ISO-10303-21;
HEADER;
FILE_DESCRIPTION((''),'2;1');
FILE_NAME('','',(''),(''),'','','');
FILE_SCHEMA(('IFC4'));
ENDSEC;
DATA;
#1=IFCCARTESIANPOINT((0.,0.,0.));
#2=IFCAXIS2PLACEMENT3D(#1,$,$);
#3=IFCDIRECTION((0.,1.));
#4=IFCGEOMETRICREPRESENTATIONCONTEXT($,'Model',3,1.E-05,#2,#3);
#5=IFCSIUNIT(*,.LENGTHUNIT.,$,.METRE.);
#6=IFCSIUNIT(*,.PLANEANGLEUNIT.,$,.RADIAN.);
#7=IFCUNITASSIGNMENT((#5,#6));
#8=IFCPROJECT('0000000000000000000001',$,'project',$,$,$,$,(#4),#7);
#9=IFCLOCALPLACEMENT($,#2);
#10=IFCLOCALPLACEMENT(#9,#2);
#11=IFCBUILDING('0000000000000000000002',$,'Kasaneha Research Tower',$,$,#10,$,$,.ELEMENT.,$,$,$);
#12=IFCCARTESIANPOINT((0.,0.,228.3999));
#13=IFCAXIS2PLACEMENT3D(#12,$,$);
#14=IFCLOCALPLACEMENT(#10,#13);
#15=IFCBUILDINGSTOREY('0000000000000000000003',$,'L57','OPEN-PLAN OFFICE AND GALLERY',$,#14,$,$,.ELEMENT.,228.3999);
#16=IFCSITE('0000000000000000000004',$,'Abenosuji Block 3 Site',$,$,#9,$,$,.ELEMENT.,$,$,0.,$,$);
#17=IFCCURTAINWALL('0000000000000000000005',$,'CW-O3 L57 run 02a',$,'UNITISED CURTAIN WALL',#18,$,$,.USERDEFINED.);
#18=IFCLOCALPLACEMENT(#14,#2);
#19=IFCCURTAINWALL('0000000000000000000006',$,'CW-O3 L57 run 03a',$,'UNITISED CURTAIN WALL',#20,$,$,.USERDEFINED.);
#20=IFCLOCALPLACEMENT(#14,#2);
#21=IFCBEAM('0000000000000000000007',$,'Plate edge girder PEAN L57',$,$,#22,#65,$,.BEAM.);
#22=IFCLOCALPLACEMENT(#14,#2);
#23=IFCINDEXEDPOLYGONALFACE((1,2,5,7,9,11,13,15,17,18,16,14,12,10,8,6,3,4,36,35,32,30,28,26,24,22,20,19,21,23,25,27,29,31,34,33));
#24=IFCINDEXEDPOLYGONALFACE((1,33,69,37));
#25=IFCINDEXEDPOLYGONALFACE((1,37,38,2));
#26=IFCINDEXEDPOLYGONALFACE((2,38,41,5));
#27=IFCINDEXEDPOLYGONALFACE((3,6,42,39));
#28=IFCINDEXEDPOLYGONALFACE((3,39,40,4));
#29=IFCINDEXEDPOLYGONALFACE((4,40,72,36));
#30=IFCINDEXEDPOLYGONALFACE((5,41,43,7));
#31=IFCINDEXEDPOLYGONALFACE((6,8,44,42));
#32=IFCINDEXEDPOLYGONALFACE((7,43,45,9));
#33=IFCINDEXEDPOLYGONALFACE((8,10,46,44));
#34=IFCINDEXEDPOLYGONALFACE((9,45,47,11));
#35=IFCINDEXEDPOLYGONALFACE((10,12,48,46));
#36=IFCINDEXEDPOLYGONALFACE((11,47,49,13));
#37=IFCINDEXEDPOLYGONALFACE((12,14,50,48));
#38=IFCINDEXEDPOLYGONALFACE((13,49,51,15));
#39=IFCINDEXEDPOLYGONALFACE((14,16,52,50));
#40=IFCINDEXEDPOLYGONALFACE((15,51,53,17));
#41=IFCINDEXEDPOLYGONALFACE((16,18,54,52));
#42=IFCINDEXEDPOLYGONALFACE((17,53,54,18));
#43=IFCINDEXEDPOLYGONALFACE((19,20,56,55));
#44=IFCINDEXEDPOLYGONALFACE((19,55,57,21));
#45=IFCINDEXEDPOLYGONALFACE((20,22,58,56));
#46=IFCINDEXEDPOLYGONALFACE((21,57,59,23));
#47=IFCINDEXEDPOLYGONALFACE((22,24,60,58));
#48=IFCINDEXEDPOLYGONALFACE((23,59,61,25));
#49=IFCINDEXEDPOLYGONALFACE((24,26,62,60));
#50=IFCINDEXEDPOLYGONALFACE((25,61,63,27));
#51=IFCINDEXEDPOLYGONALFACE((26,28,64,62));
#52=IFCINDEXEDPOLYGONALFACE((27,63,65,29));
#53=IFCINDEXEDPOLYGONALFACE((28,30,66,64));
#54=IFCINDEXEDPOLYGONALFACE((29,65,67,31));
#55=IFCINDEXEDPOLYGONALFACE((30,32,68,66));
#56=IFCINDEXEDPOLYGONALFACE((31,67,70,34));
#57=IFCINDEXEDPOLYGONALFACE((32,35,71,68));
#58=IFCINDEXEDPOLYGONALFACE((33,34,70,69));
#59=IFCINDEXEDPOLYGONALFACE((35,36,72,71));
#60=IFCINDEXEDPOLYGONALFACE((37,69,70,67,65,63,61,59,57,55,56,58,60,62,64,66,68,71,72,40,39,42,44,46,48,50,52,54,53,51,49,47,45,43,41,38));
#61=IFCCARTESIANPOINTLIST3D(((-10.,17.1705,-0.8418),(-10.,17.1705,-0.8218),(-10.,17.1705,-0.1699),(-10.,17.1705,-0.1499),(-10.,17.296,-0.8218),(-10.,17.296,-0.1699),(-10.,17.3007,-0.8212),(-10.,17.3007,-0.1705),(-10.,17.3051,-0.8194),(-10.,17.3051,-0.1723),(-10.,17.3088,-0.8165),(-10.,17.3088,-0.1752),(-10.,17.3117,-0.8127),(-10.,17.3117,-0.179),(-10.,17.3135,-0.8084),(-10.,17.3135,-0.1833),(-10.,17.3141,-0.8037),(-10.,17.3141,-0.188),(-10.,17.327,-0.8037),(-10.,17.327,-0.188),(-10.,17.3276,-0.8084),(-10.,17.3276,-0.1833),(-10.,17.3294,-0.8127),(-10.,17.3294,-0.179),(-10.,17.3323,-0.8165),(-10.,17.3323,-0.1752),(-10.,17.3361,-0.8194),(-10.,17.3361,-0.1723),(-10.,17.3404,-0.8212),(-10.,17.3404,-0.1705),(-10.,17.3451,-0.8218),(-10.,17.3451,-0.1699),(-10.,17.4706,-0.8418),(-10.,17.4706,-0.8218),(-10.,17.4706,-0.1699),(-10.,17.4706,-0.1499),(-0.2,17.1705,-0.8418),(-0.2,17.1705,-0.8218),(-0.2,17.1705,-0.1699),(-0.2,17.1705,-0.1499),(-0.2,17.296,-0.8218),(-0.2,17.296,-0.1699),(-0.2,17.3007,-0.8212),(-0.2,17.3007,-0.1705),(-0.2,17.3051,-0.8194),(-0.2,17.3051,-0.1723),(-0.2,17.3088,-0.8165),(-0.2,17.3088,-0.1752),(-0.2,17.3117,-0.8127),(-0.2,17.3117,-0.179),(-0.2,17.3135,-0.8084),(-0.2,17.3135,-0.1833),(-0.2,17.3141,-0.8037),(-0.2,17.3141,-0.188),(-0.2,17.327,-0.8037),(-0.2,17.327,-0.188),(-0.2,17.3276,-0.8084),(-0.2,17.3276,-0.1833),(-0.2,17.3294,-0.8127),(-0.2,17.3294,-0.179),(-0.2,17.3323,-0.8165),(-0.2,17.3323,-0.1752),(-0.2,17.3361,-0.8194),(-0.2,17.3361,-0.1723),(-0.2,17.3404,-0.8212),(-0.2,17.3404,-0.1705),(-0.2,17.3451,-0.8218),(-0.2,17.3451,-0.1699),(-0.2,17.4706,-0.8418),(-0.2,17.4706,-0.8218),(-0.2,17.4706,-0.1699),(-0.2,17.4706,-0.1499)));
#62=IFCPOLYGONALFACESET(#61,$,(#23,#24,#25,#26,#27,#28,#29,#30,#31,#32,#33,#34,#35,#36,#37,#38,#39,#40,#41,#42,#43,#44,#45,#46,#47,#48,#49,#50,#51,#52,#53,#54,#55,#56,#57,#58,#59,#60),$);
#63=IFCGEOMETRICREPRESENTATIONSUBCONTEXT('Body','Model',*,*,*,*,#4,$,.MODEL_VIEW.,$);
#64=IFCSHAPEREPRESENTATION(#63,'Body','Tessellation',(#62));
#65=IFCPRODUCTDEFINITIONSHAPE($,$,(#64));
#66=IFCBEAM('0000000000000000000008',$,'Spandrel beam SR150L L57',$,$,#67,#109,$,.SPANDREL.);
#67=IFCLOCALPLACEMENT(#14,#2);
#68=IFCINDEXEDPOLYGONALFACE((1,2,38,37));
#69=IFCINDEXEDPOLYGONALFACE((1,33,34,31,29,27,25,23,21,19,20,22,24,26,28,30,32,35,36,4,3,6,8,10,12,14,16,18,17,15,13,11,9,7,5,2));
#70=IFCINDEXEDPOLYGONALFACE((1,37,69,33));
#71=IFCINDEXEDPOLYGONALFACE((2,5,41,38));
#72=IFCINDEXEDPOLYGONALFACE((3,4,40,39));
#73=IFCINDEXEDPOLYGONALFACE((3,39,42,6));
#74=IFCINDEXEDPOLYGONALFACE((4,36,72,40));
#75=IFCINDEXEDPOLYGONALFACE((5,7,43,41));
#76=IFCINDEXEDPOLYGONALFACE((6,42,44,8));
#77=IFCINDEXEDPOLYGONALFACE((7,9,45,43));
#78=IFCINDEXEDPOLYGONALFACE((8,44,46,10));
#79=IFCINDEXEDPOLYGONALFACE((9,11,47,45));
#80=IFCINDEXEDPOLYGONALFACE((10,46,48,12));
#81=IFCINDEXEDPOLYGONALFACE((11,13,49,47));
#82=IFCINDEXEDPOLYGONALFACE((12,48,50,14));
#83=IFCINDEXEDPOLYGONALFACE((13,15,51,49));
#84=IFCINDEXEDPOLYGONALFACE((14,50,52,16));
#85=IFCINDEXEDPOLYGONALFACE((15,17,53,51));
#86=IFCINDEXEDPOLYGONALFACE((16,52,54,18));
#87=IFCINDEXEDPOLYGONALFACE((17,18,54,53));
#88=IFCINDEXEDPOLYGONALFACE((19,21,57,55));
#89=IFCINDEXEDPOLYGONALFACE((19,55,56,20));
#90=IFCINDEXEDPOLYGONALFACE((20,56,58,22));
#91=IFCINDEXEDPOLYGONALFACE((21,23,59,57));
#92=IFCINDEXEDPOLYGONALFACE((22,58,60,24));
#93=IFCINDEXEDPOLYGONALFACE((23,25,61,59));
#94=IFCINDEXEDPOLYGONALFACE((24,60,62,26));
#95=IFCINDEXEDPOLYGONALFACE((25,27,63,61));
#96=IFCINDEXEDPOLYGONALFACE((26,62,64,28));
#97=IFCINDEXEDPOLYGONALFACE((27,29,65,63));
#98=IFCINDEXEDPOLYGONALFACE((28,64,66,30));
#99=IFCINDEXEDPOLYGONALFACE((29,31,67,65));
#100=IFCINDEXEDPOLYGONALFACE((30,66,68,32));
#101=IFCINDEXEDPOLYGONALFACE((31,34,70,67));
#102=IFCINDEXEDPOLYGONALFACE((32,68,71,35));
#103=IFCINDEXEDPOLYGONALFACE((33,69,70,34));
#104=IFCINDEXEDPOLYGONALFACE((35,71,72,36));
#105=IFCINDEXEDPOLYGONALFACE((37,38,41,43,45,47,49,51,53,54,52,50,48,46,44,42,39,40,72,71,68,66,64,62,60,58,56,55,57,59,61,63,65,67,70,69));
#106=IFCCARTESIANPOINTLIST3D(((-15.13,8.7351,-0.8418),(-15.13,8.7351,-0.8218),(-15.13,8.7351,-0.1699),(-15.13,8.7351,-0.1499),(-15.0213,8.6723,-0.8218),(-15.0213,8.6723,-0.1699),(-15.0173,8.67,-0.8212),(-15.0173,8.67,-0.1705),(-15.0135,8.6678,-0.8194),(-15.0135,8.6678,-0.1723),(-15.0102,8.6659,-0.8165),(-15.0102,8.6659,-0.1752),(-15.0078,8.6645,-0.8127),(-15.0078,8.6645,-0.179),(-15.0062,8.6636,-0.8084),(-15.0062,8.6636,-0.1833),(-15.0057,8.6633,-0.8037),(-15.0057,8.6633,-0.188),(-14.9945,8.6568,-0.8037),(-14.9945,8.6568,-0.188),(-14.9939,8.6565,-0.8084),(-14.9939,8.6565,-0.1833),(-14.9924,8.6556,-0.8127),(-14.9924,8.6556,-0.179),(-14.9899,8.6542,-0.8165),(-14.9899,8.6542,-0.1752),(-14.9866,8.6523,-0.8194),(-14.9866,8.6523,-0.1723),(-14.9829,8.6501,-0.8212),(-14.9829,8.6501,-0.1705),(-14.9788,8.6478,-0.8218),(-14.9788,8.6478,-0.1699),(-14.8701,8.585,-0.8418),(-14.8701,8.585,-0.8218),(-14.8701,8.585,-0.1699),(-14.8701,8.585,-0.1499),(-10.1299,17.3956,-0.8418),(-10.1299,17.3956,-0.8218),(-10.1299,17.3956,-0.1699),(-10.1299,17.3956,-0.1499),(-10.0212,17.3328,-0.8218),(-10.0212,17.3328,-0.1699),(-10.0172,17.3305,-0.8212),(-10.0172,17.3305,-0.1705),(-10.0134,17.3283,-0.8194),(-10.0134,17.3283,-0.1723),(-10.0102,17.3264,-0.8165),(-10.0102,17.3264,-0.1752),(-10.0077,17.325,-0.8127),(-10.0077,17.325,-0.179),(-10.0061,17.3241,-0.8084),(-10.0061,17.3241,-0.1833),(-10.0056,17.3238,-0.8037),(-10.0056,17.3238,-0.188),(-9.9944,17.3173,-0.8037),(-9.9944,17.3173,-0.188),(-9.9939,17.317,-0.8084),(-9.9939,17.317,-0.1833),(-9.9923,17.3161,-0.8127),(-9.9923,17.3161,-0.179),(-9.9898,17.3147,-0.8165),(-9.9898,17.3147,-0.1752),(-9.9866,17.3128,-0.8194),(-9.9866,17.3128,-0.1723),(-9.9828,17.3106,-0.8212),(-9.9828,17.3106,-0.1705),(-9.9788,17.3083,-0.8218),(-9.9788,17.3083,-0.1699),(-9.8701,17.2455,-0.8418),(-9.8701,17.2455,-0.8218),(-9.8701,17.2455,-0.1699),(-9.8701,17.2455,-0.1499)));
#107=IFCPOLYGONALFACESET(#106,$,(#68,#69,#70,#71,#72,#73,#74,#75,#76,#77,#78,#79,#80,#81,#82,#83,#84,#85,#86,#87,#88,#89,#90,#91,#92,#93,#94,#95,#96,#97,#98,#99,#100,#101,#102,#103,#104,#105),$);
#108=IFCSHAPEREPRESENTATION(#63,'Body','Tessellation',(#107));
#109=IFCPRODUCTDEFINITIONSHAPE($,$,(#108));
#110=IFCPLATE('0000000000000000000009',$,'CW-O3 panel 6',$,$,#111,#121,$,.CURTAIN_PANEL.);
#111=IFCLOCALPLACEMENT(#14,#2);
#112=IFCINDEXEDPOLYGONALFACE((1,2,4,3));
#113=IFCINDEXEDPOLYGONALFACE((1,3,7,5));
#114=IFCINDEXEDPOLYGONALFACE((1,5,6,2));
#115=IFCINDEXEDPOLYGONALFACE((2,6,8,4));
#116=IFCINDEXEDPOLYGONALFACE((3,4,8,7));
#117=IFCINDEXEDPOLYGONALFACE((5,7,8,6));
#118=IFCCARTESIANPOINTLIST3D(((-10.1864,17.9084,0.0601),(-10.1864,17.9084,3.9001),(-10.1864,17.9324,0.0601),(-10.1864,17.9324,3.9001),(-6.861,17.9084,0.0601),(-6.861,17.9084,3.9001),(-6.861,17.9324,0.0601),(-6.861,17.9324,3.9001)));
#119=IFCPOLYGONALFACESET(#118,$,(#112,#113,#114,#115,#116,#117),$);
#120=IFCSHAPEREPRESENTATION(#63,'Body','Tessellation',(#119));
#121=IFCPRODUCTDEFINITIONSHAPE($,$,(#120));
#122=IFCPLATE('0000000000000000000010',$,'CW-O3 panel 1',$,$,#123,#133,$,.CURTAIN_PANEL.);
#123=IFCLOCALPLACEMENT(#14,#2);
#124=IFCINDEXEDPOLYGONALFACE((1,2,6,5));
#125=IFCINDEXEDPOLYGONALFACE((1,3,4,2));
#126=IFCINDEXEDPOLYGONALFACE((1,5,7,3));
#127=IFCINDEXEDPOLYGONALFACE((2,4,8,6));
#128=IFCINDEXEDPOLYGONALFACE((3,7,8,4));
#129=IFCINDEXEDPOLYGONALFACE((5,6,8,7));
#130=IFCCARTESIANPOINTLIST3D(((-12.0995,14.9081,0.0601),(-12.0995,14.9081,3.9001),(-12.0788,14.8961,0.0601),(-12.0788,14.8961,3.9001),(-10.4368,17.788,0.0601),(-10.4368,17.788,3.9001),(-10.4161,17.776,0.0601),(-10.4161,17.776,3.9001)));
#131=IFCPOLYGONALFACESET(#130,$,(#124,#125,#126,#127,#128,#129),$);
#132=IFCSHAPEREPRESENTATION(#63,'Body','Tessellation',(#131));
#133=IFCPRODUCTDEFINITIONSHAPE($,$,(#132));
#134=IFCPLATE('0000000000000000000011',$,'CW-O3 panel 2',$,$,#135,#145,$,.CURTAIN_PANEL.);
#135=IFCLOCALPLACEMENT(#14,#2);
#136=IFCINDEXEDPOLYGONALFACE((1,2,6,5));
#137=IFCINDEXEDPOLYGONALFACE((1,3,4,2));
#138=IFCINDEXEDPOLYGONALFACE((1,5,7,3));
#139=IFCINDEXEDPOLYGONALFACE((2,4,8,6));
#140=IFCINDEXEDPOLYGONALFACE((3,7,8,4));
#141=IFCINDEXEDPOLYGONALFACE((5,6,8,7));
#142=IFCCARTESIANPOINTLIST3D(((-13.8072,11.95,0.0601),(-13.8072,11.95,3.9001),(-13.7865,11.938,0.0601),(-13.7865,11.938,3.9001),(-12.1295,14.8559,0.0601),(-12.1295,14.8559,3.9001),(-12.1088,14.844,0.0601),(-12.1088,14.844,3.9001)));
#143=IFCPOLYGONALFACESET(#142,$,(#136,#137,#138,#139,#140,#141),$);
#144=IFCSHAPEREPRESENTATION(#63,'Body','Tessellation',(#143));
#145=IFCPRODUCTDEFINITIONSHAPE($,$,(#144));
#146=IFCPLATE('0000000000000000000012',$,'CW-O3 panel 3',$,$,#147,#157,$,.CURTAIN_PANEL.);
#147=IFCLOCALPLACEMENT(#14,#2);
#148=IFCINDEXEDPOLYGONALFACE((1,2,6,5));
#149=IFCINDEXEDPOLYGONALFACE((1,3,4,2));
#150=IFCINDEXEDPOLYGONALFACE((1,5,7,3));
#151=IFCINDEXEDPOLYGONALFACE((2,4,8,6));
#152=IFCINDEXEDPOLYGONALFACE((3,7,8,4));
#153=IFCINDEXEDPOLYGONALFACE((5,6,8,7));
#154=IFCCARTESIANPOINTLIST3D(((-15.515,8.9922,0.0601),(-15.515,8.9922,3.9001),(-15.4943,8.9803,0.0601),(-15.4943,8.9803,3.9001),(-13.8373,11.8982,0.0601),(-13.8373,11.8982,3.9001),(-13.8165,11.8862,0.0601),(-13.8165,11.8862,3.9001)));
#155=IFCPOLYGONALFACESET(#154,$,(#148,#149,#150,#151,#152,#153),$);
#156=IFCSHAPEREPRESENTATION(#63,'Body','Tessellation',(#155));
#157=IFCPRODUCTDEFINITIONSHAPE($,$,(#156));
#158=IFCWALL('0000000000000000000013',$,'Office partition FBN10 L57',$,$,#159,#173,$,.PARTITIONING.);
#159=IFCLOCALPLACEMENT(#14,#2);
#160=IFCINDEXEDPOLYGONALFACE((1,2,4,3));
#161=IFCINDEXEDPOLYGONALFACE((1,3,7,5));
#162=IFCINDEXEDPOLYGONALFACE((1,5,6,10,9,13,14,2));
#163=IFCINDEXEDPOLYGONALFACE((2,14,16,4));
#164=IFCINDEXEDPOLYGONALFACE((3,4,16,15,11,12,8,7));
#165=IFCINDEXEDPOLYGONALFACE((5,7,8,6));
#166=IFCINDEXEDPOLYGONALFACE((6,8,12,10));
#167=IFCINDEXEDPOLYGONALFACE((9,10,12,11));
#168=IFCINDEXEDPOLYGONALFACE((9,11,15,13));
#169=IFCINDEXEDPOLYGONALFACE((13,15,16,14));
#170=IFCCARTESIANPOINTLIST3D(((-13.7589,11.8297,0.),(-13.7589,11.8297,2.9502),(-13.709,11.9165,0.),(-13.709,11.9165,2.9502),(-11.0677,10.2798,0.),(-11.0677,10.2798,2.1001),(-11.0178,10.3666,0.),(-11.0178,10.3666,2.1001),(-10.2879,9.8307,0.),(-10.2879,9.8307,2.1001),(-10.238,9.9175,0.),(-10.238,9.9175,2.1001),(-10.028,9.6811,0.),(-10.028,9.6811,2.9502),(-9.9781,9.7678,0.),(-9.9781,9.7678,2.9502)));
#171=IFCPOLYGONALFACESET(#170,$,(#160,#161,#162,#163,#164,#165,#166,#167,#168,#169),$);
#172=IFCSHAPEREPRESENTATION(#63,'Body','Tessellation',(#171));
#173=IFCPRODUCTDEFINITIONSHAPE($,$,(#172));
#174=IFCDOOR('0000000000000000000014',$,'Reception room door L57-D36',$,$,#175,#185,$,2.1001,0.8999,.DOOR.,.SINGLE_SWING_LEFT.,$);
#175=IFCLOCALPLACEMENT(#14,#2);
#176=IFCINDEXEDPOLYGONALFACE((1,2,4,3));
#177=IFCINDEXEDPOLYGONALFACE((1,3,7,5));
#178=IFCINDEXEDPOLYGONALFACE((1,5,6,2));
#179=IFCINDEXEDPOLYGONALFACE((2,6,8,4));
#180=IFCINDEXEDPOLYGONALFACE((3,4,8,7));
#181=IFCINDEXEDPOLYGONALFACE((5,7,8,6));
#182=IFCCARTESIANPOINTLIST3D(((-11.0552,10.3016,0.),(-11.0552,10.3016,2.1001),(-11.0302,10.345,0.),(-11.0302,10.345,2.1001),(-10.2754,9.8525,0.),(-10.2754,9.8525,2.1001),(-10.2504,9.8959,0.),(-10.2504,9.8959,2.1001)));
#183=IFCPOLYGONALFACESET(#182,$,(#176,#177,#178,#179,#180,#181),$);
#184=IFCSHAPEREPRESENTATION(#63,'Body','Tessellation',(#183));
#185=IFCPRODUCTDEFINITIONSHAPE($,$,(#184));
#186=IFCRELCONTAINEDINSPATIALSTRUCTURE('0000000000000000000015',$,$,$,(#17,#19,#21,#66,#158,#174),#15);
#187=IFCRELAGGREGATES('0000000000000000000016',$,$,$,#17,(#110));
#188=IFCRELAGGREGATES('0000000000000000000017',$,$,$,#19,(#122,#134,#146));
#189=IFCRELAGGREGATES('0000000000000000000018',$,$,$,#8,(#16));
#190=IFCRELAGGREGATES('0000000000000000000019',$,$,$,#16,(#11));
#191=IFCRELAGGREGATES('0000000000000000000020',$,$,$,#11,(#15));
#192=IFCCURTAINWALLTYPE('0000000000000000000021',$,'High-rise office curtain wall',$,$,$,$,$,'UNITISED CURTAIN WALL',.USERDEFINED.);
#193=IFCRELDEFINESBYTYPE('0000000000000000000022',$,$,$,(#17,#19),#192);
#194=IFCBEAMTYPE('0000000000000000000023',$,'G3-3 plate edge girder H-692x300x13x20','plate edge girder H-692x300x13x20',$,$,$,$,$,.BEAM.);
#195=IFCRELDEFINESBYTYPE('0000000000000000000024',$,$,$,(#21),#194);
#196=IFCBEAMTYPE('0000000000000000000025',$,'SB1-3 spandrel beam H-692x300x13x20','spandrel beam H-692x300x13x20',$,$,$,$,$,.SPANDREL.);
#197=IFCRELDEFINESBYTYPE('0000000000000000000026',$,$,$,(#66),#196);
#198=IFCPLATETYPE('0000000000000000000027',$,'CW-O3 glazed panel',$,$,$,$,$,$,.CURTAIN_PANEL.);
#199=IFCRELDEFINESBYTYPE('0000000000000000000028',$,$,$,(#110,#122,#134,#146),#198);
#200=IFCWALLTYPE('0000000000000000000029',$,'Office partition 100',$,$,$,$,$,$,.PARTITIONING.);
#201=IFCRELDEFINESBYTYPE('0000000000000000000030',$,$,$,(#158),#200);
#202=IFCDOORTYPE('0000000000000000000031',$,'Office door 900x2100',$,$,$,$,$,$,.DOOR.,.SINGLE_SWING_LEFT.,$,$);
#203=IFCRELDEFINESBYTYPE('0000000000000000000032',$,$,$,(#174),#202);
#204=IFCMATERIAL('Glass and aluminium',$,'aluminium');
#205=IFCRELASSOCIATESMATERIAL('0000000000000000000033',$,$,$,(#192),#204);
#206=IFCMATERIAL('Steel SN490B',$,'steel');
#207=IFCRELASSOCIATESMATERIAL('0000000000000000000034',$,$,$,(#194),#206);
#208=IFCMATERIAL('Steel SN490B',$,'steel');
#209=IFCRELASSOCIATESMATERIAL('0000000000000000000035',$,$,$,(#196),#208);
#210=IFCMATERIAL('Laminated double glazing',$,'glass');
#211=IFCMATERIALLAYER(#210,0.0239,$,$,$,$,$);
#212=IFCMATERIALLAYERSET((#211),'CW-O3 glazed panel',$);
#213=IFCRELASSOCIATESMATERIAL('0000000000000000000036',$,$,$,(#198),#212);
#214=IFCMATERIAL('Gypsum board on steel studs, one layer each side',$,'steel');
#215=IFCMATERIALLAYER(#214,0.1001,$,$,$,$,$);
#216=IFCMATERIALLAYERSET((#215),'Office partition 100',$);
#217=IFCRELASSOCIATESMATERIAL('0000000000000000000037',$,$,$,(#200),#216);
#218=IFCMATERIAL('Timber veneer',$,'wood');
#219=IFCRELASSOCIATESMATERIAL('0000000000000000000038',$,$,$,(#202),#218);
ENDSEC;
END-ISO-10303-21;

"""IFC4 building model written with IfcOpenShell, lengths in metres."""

from ifc_helpers import new_model, si_unit, direction, frame, frame_2d, origin, origin_2d, place, context, subcontext, project, spatial, rectangle, i_section, extrude, material, layer, layer_set, material_profile, profile_set, type_object, element, fill, aggregate, save


model = new_model("IFC4")

# Units and contexts
model_context = context("Model", 3, precision=1e-05, world=origin(), true_north=direction((0.0, 1.0)))
body_context = subcontext(model_context, "Body", "Model", "MODEL_VIEW")
ifc_project = project(units=[si_unit("LENGTHUNIT", "METRE"), si_unit("PLANEANGLEUNIT", "RADIAN")], contexts=[model_context])

# Site, building, storey
site_placement = place(None, origin())
site = spatial("IfcSite", under=ifc_project, at=site_placement, Name="Abenosuji Block 3 Site", CompositionType="ELEMENT", RefElevation=0.0)
building_placement = place(site_placement, origin())
building = spatial("IfcBuilding", under=site, at=building_placement, Name="Kasaneha Research Tower", CompositionType="ELEMENT")
storey_placement = place(building_placement, frame((0.0, 0.0, 228.3999)))
storey = spatial("IfcBuildingStorey", under=building, at=storey_placement, Name="L57", Description="OPEN-PLAN OFFICE AND GALLERY", CompositionType="ELEMENT", Elevation=228.3999)

# Curtain walls
ifc_material_1 = material(Name="Glass and aluminium", Category="aluminium")
curtain_wall_type = type_object("IfcCurtainWallType", Name="High-rise office curtain wall", ElementType="UNITISED CURTAIN WALL", PredefinedType="USERDEFINED", material=ifc_material_1)
curtain_wall_1_placement = place(storey_placement, origin())
curtain_wall_1 = element("IfcCurtainWall", 1, at=curtain_wall_1_placement, inside=storey, type_object=curtain_wall_type, Name="CW-O3 L57 run 02a", ObjectType="UNITISED CURTAIN WALL", PredefinedType="USERDEFINED")
curtain_wall_2_placement = place(storey_placement, origin())
curtain_wall_2 = element("IfcCurtainWall", 2, at=curtain_wall_2_placement, inside=storey, type_object=curtain_wall_type, Name="CW-O3 L57 run 03a", ObjectType="UNITISED CURTAIN WALL", PredefinedType="USERDEFINED")

# Beams
ifc_material_2 = material(Name="Steel SN490B", Category="steel")
ifc_material_profile_1 = material_profile(ifc_material_2, i_section(OverallWidth=0.3, OverallDepth=0.6919, WebThickness=0.0129, FlangeThickness=0.02, FilletRadius=0.0181, at=origin_2d()), Name="H-692x300x13x20")
ifc_profile_set_1 = profile_set([ifc_material_profile_1], Name="Steel SN490B")
beam_type_1 = type_object("IfcBeamType", Name="G3-3 plate edge girder H-692x300x13x20", Description="plate edge girder H-692x300x13x20", PredefinedType="BEAM", material=ifc_profile_set_1)
beam_1_placement = place(storey_placement, frame((-10.0, 17.3206, -0.4958), z_axis=(1.0, 0.0, 0.0), x_axis=(0.0, 1.0, 0.0)))
element("IfcBeam", 3, at=beam_1_placement, inside=storey, type_object=beam_type_1, Name="Plate edge girder PEAN L57", PredefinedType="BEAM", context=body_context, shape_type="SweptSolid", body=[
    extrude(i_section(OverallWidth=0.3, OverallDepth=0.6919, WebThickness=0.0129, FlangeThickness=0.02, FilletRadius=0.0181, at=origin_2d()), origin(), (0.0, 0.0, 1.0), 9.8),
])
ifc_material_3 = material(Name="Steel SN490B", Category="steel")
ifc_material_profile_2 = material_profile(ifc_material_3, i_section(OverallWidth=0.3, OverallDepth=0.6919, WebThickness=0.0129, FlangeThickness=0.02, FilletRadius=0.0181, at=origin_2d()), Name="H-692x300x13x20")
ifc_profile_set_2 = profile_set([ifc_material_profile_2], Name="Steel SN490B")
beam_type_2 = type_object("IfcBeamType", Name="SB1-3 spandrel beam H-692x300x13x20", Description="spandrel beam H-692x300x13x20", PredefinedType="SPANDREL", material=ifc_profile_set_2)
beam_2_placement = place(storey_placement, frame((-10.0, 17.3206, -0.4958), z_axis=(-0.499994, -0.866029, 0.0), x_axis=(0.866029, -0.499994, 0.0)))
element("IfcBeam", 4, at=beam_2_placement, inside=storey, type_object=beam_type_2, Name="Spandrel beam SR150L L57", PredefinedType="SPANDREL", context=body_context, shape_type="SweptSolid", body=[
    extrude(i_section(OverallWidth=0.3, OverallDepth=0.6919, WebThickness=0.0129, FlangeThickness=0.02, FilletRadius=0.0181, at=origin_2d()), origin(), (0.0, 0.0, 1.0), 10.0002),
])

# Plates
ifc_material_4 = material(Name="Laminated double glazing", Category="glass")
ifc_layer_1 = layer(ifc_material_4, 0.0239)
ifc_layer_set_1 = layer_set([ifc_layer_1], Name="CW-O3 glazed panel")
plate_type = type_object("IfcPlateType", Name="CW-O3 glazed panel", PredefinedType="CURTAIN_PANEL", material=ifc_layer_set_1)
plate_1_placement = place(storey_placement, frame((-8.5237, 17.9204, 0.0601), z_axis=(0.0, 0.0, 1.0), x_axis=(-1.0, 0.0, 0.0)))
plate_1 = element("IfcPlate", 5, at=plate_1_placement, type_object=plate_type, Name="CW-O3 panel 6", PredefinedType="CURTAIN_PANEL", context=body_context, shape_type="SweptSolid", body=[
    extrude(rectangle(XDim=3.3254, YDim=0.0239, at=origin_2d()), origin(), (0.0, 0.0, 1.0), 3.8401),
])
aggregate(curtain_wall_1, [plate_1])
plate_2_placement = place(storey_placement, frame((-11.2578, 16.342, 0.0601), z_axis=(0.0, 0.0, 1.0), x_axis=(-0.5, -0.866025, 0.0)))
plate_2 = element("IfcPlate", 6, at=plate_2_placement, type_object=plate_type, Name="CW-O3 panel 1", PredefinedType="CURTAIN_PANEL", context=body_context, shape_type="SweptSolid", body=[
    extrude(rectangle(XDim=3.3254, YDim=0.0239, at=origin_2d()), origin(), (0.0, 0.0, 1.0), 3.8401),
])
plate_3_placement = place(storey_placement, frame((-12.958, 13.397, 0.0601), z_axis=(0.0, 0.0, 1.0), x_axis=(-0.5, -0.866025, 0.0)))
plate_3 = element("IfcPlate", 7, at=plate_3_placement, type_object=plate_type, Name="CW-O3 panel 2", PredefinedType="CURTAIN_PANEL", context=body_context, shape_type="SweptSolid", body=[
    extrude(rectangle(XDim=3.3555, YDim=0.0239, at=origin_2d()), origin(), (0.0, 0.0, 1.0), 3.8401),
])
plate_4_placement = place(storey_placement, frame((-14.6658, 10.4392, 0.0601), z_axis=(0.0, 0.0, 1.0), x_axis=(-0.5, -0.866025, 0.0)))
plate_4 = element("IfcPlate", 8, at=plate_4_placement, type_object=plate_type, Name="CW-O3 panel 3", PredefinedType="CURTAIN_PANEL", context=body_context, shape_type="SweptSolid", body=[
    extrude(rectangle(XDim=3.3555, YDim=0.0239, at=origin_2d()), origin(), (0.0, 0.0, 1.0), 3.8401),
])
aggregate(curtain_wall_2, [plate_2, plate_3, plate_4])

# Wall, opening, door
ifc_material_5 = material(Name="Gypsum board on steel studs, one layer each side", Category="steel")
ifc_layer_2 = layer(ifc_material_5, 0.1001)
ifc_layer_set_2 = layer_set([ifc_layer_2], Name="Office partition 100")
wall_type_1 = type_object("IfcWallType", Name="Office partition 100", PredefinedType="PARTITIONING", material=ifc_layer_set_2)
wall_1_placement = place(storey_placement, frame((-10.0029, 9.7244, 0.0), z_axis=(0.0, 0.0, 1.0), x_axis=(-0.866567, 0.499061, 0.0)))
wall_1 = element("IfcWall", 9, at=wall_1_placement, inside=storey, type_object=wall_type_1, Name="Office partition FBN10 L57", PredefinedType="PARTITIONING", context=body_context, shape_type="SweptSolid", body=[
    extrude(rectangle(XDim=4.3054, YDim=0.1001, at=frame_2d((2.1528, 0.0))), origin(), (0.0, 0.0, 1.0), 2.9502),
])
opening_1_placement = place(wall_1_placement, frame((0.3, 0.0, 0.0)))
opening_1 = element("IfcOpeningElement", 10, at=opening_1_placement, cuts=wall_1, PredefinedType="OPENING", context=body_context, shape_type="SweptSolid", body=[
    extrude(rectangle(XDim=0.8999, YDim=2.1001, at=frame_2d((0.45, 1.05))), frame((0.0, 0.0601, 0.0), z_axis=(0.0, -1.0, 0.0), x_axis=(1.0, 0.0, 0.0)), (0.0, 0.0, 1.0), 0.1201),
])
ifc_material_6 = material(Name="Timber veneer", Category="wood")
door_type_1 = type_object("IfcDoorType", Name="Office door 900x2100", OperationType="SINGLE_SWING_LEFT", PredefinedType="DOOR", material=ifc_material_6)
door_1_placement = place(opening_1_placement, origin())
door_1 = element("IfcDoor", 11, at=door_1_placement, inside=storey, type_object=door_type_1, Name="Reception room door L57-D36", OperationType="SINGLE_SWING_LEFT", OverallHeight=2.1001, OverallWidth=0.8999, PredefinedType="DOOR", context=body_context, shape_type="SweptSolid", body=[
    extrude(rectangle(XDim=0.8999, YDim=2.1001, at=frame_2d((0.45, 1.05))), frame((0.0, 0.0249, 0.0), z_axis=(0.0, -1.0, 0.0), x_axis=(1.0, 0.0, 0.0)), (0.0, 0.0, 1.0), 0.05),
])
fill(opening_1, door_1)

save(model, "model.ifc")
